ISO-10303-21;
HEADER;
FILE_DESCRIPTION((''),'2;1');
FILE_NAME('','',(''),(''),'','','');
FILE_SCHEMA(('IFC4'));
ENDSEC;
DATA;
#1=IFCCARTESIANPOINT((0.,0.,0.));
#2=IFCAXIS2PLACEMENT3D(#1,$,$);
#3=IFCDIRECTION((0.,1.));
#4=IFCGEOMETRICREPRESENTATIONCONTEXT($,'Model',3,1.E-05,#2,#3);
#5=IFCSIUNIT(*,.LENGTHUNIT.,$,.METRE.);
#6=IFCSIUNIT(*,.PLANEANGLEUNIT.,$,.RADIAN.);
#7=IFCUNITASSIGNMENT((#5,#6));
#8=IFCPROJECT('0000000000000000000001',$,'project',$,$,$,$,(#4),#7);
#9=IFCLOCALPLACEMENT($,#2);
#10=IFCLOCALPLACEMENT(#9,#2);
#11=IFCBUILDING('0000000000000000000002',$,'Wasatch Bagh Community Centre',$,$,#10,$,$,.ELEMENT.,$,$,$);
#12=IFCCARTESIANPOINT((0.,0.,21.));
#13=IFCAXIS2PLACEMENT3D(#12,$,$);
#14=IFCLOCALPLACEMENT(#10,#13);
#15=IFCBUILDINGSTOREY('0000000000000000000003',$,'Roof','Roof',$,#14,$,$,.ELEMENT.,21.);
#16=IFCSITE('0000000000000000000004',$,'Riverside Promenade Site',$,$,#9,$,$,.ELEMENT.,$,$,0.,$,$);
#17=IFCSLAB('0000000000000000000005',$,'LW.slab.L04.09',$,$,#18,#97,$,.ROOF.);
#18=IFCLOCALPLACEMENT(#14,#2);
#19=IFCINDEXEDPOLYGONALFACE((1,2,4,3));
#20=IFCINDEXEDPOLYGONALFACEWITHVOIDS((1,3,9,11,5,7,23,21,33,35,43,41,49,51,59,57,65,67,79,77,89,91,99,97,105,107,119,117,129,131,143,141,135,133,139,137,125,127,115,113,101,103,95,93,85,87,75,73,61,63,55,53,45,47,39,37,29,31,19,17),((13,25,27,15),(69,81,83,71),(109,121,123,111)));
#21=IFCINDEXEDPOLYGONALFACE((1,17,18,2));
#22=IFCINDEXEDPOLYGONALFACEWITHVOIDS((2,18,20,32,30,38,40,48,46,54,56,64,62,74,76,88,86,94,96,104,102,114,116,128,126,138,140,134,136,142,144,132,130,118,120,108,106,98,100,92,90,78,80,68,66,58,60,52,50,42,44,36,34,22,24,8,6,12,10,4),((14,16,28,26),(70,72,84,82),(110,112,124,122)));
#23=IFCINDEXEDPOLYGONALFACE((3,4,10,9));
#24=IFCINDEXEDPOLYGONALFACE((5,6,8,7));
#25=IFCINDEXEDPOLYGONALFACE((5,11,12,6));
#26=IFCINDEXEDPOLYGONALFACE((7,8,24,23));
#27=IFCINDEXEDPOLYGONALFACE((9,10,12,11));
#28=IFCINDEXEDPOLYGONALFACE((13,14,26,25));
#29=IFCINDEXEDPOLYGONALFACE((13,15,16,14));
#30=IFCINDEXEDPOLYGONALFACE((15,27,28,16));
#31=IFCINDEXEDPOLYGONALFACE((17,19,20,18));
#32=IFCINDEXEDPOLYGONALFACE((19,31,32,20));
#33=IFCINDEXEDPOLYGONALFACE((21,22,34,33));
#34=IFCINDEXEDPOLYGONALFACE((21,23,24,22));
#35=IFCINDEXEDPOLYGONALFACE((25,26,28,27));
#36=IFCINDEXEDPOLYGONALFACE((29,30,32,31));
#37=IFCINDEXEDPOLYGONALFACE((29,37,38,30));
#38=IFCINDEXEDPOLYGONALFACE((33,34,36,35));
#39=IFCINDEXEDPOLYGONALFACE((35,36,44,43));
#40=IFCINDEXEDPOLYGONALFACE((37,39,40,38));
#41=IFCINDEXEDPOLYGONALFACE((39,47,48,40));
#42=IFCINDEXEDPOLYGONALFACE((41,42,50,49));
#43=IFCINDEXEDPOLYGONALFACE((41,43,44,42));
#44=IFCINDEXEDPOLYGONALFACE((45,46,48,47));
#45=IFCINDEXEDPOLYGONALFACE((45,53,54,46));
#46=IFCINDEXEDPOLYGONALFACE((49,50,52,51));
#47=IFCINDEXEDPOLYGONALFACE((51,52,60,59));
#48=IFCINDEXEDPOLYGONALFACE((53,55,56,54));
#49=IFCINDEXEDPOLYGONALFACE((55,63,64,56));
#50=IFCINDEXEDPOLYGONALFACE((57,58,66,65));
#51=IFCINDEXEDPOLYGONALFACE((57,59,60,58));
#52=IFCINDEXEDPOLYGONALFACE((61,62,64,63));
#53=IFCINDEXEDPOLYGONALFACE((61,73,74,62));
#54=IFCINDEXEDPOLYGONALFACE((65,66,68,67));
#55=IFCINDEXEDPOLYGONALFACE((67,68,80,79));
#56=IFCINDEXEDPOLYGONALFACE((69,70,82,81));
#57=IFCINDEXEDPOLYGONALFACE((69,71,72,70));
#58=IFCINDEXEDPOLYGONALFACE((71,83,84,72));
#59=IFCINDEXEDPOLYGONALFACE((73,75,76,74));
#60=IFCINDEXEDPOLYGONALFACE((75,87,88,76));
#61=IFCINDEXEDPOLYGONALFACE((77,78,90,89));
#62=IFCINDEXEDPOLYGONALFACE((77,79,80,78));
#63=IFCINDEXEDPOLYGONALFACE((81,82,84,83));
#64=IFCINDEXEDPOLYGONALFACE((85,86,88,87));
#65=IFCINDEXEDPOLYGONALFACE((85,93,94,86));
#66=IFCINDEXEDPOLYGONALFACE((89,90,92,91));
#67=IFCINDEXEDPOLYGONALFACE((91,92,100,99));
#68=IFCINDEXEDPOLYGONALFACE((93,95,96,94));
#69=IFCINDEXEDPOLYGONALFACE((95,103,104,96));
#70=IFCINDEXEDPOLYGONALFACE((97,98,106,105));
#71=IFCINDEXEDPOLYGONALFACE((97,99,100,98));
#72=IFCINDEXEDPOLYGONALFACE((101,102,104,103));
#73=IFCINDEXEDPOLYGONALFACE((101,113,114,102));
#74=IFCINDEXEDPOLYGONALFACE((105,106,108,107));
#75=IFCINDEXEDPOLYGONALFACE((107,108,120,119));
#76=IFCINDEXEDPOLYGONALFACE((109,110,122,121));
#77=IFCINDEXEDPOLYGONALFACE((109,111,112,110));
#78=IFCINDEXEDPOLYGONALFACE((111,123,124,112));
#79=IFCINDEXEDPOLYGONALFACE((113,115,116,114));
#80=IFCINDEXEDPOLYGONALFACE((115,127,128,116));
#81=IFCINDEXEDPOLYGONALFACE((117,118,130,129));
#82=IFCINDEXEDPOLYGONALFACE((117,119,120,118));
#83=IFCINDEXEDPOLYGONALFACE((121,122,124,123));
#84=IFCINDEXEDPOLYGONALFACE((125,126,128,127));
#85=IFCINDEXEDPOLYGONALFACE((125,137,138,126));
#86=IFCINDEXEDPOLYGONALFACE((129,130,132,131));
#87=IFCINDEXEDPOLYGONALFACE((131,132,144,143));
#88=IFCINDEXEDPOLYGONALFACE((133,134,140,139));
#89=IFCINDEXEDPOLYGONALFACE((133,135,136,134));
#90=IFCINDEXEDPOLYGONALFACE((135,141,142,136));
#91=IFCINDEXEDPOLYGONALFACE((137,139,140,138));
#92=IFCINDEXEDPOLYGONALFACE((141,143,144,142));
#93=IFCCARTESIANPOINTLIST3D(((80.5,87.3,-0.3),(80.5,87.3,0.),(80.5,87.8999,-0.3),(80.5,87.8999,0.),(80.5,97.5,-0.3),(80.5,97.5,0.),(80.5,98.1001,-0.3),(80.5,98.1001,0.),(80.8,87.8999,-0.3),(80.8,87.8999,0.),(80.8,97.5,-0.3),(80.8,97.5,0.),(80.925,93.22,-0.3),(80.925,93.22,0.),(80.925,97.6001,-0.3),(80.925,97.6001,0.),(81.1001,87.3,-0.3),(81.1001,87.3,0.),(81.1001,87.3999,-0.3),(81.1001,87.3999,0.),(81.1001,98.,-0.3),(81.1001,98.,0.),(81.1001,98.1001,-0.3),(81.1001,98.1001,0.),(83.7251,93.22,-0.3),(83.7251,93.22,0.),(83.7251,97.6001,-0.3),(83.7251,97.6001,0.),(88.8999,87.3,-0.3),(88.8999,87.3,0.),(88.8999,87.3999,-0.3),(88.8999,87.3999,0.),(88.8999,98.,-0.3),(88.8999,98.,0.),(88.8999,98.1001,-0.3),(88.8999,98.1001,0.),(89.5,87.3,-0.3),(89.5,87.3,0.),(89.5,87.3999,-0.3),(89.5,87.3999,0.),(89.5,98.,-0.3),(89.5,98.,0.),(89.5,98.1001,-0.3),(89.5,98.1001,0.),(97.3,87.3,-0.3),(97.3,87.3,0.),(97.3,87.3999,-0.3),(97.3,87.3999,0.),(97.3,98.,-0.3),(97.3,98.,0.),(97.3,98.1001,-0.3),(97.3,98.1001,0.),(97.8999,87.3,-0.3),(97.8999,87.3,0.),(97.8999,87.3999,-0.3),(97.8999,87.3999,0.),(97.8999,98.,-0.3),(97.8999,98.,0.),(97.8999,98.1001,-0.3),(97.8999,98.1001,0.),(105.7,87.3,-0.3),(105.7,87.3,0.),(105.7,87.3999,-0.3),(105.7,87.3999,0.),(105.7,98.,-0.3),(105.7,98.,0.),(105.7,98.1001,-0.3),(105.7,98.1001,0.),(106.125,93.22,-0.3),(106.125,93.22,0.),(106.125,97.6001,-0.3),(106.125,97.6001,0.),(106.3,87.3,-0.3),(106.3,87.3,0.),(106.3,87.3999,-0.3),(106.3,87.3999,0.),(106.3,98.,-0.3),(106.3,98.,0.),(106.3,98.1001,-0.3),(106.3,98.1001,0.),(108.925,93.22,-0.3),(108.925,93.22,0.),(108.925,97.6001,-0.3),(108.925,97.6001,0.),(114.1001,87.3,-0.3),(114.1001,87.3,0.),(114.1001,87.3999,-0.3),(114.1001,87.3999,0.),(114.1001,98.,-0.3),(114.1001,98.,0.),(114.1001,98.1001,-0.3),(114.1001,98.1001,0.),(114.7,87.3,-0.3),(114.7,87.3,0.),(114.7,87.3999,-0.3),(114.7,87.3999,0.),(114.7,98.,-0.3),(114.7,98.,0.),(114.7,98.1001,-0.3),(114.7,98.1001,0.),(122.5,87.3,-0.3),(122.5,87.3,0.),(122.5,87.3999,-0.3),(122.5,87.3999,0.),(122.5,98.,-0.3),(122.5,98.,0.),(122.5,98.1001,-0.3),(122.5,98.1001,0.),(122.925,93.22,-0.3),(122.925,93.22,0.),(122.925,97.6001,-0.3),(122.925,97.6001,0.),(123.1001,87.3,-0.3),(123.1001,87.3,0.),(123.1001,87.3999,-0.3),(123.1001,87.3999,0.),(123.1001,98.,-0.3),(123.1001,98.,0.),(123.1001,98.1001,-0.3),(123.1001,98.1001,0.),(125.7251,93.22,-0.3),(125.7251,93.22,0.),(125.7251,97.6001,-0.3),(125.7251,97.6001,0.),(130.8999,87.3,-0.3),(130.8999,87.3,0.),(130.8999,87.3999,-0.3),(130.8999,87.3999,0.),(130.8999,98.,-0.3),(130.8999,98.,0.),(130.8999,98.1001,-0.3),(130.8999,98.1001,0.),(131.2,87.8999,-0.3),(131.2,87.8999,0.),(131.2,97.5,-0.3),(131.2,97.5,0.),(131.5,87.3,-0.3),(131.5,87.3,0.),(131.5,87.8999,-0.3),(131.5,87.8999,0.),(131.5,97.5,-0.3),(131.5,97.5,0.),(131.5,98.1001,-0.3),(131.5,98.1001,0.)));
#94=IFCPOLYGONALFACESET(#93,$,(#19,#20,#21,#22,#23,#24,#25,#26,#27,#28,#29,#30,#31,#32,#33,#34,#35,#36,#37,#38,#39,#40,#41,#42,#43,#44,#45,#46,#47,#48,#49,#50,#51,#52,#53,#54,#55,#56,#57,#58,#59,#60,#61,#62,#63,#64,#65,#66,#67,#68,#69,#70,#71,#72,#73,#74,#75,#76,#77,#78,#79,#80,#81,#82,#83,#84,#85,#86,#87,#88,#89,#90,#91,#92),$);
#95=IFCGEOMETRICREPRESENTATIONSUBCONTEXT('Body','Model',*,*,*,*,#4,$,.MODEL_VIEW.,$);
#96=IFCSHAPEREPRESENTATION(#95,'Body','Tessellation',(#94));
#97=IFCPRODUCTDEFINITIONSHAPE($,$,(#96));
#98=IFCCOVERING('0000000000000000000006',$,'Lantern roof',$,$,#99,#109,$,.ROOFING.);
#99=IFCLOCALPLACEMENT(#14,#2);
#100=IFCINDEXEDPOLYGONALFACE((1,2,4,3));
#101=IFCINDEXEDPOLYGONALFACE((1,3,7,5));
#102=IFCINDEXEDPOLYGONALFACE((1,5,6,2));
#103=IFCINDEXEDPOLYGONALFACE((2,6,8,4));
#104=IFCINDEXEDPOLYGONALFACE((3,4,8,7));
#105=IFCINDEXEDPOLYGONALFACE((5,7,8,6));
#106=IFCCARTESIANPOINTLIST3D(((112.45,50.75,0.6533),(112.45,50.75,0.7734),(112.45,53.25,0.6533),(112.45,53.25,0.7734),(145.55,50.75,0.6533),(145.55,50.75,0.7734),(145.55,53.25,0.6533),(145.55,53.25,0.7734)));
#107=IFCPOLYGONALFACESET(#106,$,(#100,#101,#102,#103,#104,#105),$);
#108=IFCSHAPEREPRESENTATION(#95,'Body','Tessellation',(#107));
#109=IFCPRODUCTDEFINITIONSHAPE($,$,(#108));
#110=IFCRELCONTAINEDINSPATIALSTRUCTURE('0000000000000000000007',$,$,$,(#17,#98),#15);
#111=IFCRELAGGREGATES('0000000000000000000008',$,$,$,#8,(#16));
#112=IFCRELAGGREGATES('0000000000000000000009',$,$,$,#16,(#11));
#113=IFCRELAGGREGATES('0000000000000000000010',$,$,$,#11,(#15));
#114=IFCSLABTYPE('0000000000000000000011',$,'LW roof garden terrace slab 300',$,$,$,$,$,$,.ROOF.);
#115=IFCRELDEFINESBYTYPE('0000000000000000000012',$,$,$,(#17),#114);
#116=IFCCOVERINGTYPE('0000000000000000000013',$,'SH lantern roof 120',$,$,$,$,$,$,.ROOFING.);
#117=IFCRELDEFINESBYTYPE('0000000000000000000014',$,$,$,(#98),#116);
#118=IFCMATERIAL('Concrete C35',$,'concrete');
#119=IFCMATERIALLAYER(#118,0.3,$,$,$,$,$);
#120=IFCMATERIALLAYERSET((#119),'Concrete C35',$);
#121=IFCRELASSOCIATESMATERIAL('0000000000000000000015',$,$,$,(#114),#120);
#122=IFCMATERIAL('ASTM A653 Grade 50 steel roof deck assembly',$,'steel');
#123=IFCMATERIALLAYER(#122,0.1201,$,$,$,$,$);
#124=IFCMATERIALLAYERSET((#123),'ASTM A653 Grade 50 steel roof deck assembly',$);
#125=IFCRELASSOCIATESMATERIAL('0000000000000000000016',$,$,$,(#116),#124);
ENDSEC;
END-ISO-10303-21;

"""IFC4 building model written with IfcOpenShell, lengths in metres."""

from ifc_helpers import new_model, si_unit, direction, frame, origin, origin_2d, place, context, subcontext, project, spatial, polyline, rectangle, outline, extrude, material, layer, layer_set, type_object, element, save


model = new_model("IFC4")

# Units and contexts
model_context = context("Model", 3, precision=1e-05, world=origin(), true_north=direction((0.0, 1.0)))
body_context = subcontext(model_context, "Body", "Model", "MODEL_VIEW")
ifc_project = project(units=[si_unit("LENGTHUNIT", "METRE"), si_unit("PLANEANGLEUNIT", "RADIAN")], contexts=[model_context])

# Site, building, storey
site_placement = place(None, origin())
site = spatial("IfcSite", under=ifc_project, at=site_placement, Name="Riverside Promenade Site", CompositionType="ELEMENT", RefElevation=0.0)
building_placement = place(site_placement, origin())
building = spatial("IfcBuilding", under=site, at=building_placement, Name="Wasatch Bagh Community Centre", CompositionType="ELEMENT")
storey_placement = place(building_placement, frame((0.0, 0.0, 21.0)))
storey = spatial("IfcBuildingStorey", under=building, at=storey_placement, Name="Roof", Description="Roof", CompositionType="ELEMENT", Elevation=21.0)

# Slab
ifc_material_1 = material(Name="Concrete C35", Category="concrete")
ifc_layer_1 = layer(ifc_material_1, 0.3)
ifc_layer_set_1 = layer_set([ifc_layer_1], Name="Concrete C35")
slab_type = type_object("IfcSlabType", Name="LW roof garden terrace slab 300", PredefinedType="ROOF", material=ifc_layer_set_1)
slab_placement = place(storey_placement, frame((0.0, 0.0, -0.3)))
element("IfcSlab", 1, at=slab_placement, inside=storey, type_object=slab_type, Name="LW.slab.L04.09", PredefinedType="ROOF", context=body_context, shape_type="SweptSolid", body=[
    extrude(outline(polyline([(80.8, 87.8999), (80.8, 97.5), (80.5, 97.5), (80.5, 98.1001), (81.1001, 98.1001), (81.1001, 98.0), (88.8999, 98.0), (88.8999, 98.1001), (89.5, 98.1001), (89.5, 98.0), (97.3, 98.0), (97.3, 98.1001), (97.8999, 98.1001), (97.8999, 98.0), (105.7, 98.0), (105.7, 98.1001), (106.3, 98.1001), (106.3, 98.0), (114.1001, 98.0), (114.1001, 98.1001), (114.7, 98.1001), (114.7, 98.0), (122.5, 98.0), (122.5, 98.1001), (123.1001, 98.1001), (123.1001, 98.0), (130.8999, 98.0), (130.8999, 98.1001), (131.5, 98.1001), (131.5, 97.5), (131.2, 97.5), (131.2, 87.8999), (131.5, 87.8999), (131.5, 87.3), (130.8999, 87.3), (130.8999, 87.3999), (123.1001, 87.3999), (123.1001, 87.3), (122.5, 87.3), (122.5, 87.3999), (114.7, 87.3999), (114.7, 87.3), (114.1001, 87.3), (114.1001, 87.3999), (106.3, 87.3999), (106.3, 87.3), (105.7, 87.3), (105.7, 87.3999), (97.8999, 87.3999), (97.8999, 87.3), (97.3, 87.3), (97.3, 87.3999), (89.5, 87.3999), (89.5, 87.3), (88.8999, 87.3), (88.8999, 87.3999), (81.1001, 87.3999), (81.1001, 87.3), (80.5, 87.3), (80.5, 87.8999), (80.8, 87.8999)]), holes=[polyline([(83.7251, 93.22), (83.7251, 97.6001), (80.925, 97.6001), (80.925, 93.22), (83.7251, 93.22)]), polyline([(108.925, 93.22), (108.925, 97.6001), (106.125, 97.6001), (106.125, 93.22), (108.925, 93.22)]), polyline([(125.7251, 93.22), (125.7251, 97.6001), (122.925, 97.6001), (122.925, 93.22), (125.7251, 93.22)])]), origin(), (0.0, 0.0, 1.0), 0.3),
])

# Covering
ifc_material_2 = material(Name="ASTM A653 Grade 50 steel roof deck assembly", Category="steel")
ifc_layer_2 = layer(ifc_material_2, 0.1201)
ifc_layer_set_2 = layer_set([ifc_layer_2], Name="ASTM A653 Grade 50 steel roof deck assembly")
covering_type = type_object("IfcCoveringType", Name="SH lantern roof 120", PredefinedType="ROOFING", material=ifc_layer_set_2)
covering_placement = place(storey_placement, frame((129.0, 52.0, 0.6533), z_axis=(0.0, 0.0, 1.0), x_axis=(1.0, 0.0, 0.0)))
element("IfcCovering", 2, at=covering_placement, inside=storey, type_object=covering_type, Name="Lantern roof", PredefinedType="ROOFING", context=body_context, shape_type="SweptSolid", body=[
    extrude(rectangle(XDim=33.1001, YDim=2.5, at=origin_2d()), origin(), (0.0, 0.0, 1.0), 0.1201),
])

save(model, "model.ifc")
